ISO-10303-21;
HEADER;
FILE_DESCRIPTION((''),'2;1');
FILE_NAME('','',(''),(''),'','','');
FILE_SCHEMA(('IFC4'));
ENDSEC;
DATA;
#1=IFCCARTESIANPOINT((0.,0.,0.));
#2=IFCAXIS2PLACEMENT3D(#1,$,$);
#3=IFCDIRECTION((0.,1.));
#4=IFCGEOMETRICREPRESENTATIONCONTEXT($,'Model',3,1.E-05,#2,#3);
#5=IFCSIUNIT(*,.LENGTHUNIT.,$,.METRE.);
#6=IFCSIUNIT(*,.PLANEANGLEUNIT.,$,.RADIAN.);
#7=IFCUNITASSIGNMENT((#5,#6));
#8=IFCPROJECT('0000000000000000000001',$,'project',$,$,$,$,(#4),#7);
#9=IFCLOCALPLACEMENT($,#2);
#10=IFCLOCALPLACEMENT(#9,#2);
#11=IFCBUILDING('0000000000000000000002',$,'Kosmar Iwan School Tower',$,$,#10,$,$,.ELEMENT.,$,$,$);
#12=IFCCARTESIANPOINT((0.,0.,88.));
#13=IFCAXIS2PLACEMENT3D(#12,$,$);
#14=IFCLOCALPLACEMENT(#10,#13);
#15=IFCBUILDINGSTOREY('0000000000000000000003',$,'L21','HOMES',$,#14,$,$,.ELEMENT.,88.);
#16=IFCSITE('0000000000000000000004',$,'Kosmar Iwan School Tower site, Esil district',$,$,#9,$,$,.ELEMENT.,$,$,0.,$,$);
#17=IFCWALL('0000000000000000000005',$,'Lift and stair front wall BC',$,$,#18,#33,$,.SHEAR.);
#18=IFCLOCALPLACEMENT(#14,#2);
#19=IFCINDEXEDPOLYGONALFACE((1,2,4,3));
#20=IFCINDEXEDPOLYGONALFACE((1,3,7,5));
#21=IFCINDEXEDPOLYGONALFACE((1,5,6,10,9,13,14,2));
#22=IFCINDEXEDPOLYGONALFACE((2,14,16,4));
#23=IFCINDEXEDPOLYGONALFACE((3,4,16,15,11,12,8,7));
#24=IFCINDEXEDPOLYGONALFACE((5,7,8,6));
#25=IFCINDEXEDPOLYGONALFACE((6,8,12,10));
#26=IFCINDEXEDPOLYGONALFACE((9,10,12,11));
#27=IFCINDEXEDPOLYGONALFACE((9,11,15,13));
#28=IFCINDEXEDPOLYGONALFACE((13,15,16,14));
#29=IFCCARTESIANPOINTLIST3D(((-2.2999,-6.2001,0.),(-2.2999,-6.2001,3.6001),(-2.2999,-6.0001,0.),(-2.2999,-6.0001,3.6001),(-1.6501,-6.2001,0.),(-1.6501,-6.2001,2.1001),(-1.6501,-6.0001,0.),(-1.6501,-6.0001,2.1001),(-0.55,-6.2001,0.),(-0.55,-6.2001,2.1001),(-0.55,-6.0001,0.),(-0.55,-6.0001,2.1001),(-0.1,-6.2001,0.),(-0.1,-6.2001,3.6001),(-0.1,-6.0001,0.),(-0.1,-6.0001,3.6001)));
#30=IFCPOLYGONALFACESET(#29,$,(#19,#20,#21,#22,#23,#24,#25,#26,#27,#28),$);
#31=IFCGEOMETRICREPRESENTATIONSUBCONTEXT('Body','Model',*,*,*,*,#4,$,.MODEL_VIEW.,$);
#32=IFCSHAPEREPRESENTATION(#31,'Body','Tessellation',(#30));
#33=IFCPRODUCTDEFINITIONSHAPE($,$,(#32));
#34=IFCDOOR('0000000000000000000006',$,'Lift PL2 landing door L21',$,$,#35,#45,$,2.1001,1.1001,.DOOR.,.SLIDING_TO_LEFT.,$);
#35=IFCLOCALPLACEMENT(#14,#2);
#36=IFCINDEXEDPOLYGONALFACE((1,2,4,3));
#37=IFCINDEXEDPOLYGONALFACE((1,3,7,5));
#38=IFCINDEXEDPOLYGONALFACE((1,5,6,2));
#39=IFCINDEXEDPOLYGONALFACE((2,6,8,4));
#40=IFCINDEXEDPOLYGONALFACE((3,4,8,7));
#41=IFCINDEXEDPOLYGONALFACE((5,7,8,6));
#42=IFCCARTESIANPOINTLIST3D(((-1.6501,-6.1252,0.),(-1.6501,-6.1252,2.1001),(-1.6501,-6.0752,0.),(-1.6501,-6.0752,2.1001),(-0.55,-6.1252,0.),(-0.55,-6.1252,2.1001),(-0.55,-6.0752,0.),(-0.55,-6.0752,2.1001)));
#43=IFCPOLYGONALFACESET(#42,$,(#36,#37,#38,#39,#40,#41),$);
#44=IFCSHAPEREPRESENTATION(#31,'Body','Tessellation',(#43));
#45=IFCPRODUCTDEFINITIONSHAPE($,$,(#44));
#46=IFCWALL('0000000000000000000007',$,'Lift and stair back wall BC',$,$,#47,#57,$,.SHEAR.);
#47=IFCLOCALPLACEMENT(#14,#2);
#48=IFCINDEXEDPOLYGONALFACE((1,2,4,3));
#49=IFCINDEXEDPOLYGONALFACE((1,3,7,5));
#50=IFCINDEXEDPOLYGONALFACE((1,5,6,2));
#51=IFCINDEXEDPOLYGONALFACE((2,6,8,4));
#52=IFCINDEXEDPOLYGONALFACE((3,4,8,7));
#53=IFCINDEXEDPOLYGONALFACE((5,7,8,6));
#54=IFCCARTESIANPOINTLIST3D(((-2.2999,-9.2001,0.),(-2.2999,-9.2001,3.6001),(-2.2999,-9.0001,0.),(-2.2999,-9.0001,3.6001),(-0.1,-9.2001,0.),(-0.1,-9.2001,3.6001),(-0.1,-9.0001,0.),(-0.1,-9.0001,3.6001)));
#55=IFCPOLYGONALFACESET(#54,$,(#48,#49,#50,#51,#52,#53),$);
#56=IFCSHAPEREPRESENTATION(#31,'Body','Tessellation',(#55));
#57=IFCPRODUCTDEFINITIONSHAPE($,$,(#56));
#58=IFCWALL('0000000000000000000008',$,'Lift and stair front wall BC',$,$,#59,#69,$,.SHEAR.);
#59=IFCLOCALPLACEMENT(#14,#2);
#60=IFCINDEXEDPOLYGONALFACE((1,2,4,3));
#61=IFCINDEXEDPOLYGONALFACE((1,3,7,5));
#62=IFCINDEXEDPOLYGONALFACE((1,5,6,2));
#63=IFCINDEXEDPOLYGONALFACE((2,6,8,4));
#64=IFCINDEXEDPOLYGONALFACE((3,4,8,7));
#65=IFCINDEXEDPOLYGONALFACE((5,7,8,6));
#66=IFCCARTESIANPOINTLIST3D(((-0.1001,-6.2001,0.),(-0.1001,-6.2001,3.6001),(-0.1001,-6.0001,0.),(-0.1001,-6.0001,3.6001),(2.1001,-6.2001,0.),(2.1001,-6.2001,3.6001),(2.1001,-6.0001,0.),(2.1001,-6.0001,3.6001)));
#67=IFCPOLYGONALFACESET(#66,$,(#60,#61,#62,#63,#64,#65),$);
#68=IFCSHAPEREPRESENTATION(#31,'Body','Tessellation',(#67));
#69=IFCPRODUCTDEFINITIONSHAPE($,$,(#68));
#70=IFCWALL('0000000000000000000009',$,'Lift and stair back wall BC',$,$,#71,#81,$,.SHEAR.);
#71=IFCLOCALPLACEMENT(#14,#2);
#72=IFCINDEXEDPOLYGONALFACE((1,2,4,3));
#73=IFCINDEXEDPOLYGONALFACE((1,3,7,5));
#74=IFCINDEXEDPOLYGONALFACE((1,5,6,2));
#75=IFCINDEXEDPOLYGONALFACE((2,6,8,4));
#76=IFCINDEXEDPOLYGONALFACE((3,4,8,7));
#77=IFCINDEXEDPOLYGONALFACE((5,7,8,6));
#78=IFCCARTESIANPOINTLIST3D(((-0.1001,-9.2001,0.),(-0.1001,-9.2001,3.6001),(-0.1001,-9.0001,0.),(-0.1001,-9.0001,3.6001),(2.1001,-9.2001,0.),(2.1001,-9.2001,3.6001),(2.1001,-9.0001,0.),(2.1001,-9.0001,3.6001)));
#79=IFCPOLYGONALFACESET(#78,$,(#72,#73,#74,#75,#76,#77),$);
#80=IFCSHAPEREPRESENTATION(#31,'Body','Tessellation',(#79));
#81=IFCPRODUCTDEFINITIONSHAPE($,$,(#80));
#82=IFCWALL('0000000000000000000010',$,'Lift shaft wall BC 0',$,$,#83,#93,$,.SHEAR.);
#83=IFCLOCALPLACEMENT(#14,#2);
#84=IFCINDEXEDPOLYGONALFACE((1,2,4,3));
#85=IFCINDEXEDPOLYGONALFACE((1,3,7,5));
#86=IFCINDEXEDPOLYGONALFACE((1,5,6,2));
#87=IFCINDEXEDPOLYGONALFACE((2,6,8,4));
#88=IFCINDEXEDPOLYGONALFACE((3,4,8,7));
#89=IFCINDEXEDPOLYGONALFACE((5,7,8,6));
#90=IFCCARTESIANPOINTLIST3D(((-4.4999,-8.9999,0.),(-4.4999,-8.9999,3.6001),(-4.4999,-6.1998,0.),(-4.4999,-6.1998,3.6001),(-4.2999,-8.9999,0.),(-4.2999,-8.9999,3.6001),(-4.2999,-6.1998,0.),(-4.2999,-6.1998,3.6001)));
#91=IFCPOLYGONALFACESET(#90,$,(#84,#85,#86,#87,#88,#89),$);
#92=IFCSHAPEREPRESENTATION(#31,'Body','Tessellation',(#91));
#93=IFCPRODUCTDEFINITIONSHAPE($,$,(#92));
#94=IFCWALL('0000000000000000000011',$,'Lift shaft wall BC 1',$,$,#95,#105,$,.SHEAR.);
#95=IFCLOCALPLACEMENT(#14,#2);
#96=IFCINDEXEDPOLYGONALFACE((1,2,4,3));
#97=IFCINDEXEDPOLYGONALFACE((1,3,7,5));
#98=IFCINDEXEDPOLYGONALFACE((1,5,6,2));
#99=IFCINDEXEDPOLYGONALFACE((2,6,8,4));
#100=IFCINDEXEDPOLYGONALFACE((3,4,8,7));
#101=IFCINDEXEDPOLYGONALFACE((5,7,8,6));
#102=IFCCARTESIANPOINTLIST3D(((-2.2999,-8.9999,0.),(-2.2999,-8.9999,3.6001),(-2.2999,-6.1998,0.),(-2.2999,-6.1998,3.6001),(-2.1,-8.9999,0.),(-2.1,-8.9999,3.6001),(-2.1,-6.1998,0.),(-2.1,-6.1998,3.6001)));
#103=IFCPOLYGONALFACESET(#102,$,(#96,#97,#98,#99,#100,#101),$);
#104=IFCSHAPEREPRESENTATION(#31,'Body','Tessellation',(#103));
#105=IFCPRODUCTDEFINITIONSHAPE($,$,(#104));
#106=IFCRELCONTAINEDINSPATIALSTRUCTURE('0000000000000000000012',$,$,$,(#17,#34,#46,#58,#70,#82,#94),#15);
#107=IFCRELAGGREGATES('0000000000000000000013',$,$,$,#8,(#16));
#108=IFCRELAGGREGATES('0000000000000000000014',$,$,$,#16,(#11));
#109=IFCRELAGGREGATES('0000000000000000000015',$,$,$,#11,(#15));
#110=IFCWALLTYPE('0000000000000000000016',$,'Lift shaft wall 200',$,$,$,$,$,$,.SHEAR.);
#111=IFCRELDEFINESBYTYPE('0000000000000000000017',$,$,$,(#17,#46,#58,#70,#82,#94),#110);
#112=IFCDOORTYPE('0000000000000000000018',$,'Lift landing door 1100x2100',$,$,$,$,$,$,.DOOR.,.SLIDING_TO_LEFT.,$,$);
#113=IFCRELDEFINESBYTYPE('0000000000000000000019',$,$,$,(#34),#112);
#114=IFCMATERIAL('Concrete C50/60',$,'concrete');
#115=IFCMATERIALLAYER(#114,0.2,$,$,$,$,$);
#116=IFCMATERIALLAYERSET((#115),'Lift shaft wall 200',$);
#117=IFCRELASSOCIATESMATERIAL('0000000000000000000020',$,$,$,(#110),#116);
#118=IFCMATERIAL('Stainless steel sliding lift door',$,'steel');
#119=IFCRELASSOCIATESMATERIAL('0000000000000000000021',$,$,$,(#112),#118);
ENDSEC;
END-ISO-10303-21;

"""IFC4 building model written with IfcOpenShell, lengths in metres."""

from ifc_helpers import new_model, si_unit, direction, frame, frame_2d, origin, place, context, subcontext, project, spatial, rectangle, extrude, material, layer, layer_set, type_object, element, fill, save


model = new_model("IFC4")

# Units and contexts
model_context = context("Model", 3, precision=1e-05, world=origin(), true_north=direction((0.0, 1.0)))
body_context = subcontext(model_context, "Body", "Model", "MODEL_VIEW")
ifc_project = project(units=[si_unit("LENGTHUNIT", "METRE"), si_unit("PLANEANGLEUNIT", "RADIAN")], contexts=[model_context])

# Site, building, storey
site_placement = place(None, origin())
site = spatial("IfcSite", under=ifc_project, at=site_placement, Name="Kosmar Iwan School Tower site, Esil district", CompositionType="ELEMENT", RefElevation=0.0)
building_placement = place(site_placement, origin())
building = spatial("IfcBuilding", under=site, at=building_placement, Name="Kosmar Iwan School Tower", CompositionType="ELEMENT")
storey_placement = place(building_placement, frame((0.0, 0.0, 88.0)))
storey = spatial("IfcBuildingStorey", under=building, at=storey_placement, Name="L21", Description="HOMES", CompositionType="ELEMENT", Elevation=88.0)

# Shared definitions
ifc_material_1 = material(Name="Concrete C50/60", Category="concrete")
ifc_layer_1 = layer(ifc_material_1, 0.2)
ifc_layer_set_1 = layer_set([ifc_layer_1], Name="Lift shaft wall 200")
wall_type_1 = type_object("IfcWallType", Name="Lift shaft wall 200", PredefinedType="SHEAR", material=ifc_layer_set_1)
ifc_material_2 = material(Name="Stainless steel sliding lift door", Category="steel")
door_type_1 = type_object("IfcDoorType", Name="Lift landing door 1100x2100", OperationType="SLIDING_TO_LEFT", PredefinedType="DOOR", material=ifc_material_2)

# Wall, opening, door
wall_1_placement = place(storey_placement, frame((-2.3, -6.1001, 0.0), z_axis=(0.0, 0.0, 1.0), x_axis=(1.0, 0.0, 0.0)))
wall_1 = element("IfcWall", 1, at=wall_1_placement, inside=storey, type_object=wall_type_1, Name="Lift and stair front wall BC", PredefinedType="SHEAR", context=body_context, shape_type="SweptSolid", body=[
    extrude(rectangle(XDim=2.2, YDim=0.2, at=frame_2d((1.1001, 0.0))), origin(), (0.0, 0.0, 1.0), 3.6001),
])
opening_1_placement = place(wall_1_placement, frame((0.6499, 0.0, 0.0)))
opening_1 = element("IfcOpeningElement", 2, at=opening_1_placement, cuts=wall_1, PredefinedType="OPENING", context=body_context, shape_type="SweptSolid", body=[
    extrude(rectangle(XDim=1.1001, YDim=2.1001, at=frame_2d((0.55, 1.05))), frame((0.0, 0.1121, 0.0), z_axis=(0.0, -1.0, 0.0), x_axis=(1.0, 0.0, 0.0)), (0.0, 0.0, 1.0), 0.2239),
])
door_1_placement = place(opening_1_placement, origin())
door_1 = element("IfcDoor", 3, at=door_1_placement, inside=storey, type_object=door_type_1, Name="Lift PL2 landing door L21", OperationType="SLIDING_TO_LEFT", OverallHeight=2.1001, OverallWidth=1.1001, PredefinedType="DOOR", context=body_context, shape_type="SweptSolid", body=[
    extrude(rectangle(XDim=1.1001, YDim=2.1001, at=frame_2d((0.55, 1.05))), frame((0.0, 0.0249, 0.0), z_axis=(0.0, -1.0, 0.0), x_axis=(1.0, 0.0, 0.0)), (0.0, 0.0, 1.0), 0.05),
])
fill(opening_1, door_1)

# Walls
wall_2_placement = place(storey_placement, frame((-2.3, -9.1001, 0.0), z_axis=(0.0, 0.0, 1.0), x_axis=(1.0, 0.0, 0.0)))
element("IfcWall", 4, at=wall_2_placement, inside=storey, type_object=wall_type_1, Name="Lift and stair back wall BC", PredefinedType="SHEAR", context=body_context, shape_type="SweptSolid", body=[
    extrude(rectangle(XDim=2.2, YDim=0.2, at=frame_2d((1.1001, 0.0))), origin(), (0.0, 0.0, 1.0), 3.6001),
])
for number, where, z_axis, x_axis, name in (
    (5, (-0.1001, -6.1001, 0.0), (0.0, 0.0, 1.0), (1.0, 0.0, 0.0), "Lift and stair front wall BC"),
    (6, (-0.1001, -9.1001, 0.0), (0.0, 0.0, 1.0), (1.0, 0.0, 0.0), "Lift and stair back wall BC"),
):
    element("IfcWall", number, at=place(storey_placement, frame(where, z_axis=z_axis, x_axis=x_axis)), inside=storey, type_object=wall_type_1, Name=name, PredefinedType="SHEAR", context=body_context, shape_type="SweptSolid", body=[
        extrude(rectangle(XDim=2.2002, YDim=0.2, at=frame_2d((1.1001, 0.0))), origin(), (0.0, 0.0, 1.0), 3.6001),
    ])
for number, where, z_axis, x_axis, name in (
    (7, (-4.3999, -6.2, 0.0), (0.0, 0.0, 1.0), (0.0, -1.0, 0.0), "Lift shaft wall BC 0"),
    (8, (-2.2, -6.2, 0.0), (0.0, 0.0, 1.0), (0.0, -1.0, 0.0), "Lift shaft wall BC 1"),
):
    element("IfcWall", number, at=place(storey_placement, frame(where, z_axis=z_axis, x_axis=x_axis)), inside=storey, type_object=wall_type_1, Name=name, PredefinedType="SHEAR", context=body_context, shape_type="SweptSolid", body=[
        extrude(rectangle(XDim=2.8, YDim=0.2, at=frame_2d((1.3999, 0.0))), origin(), (0.0, 0.0, 1.0), 3.6001),
    ])

save(model, "model.ifc")
